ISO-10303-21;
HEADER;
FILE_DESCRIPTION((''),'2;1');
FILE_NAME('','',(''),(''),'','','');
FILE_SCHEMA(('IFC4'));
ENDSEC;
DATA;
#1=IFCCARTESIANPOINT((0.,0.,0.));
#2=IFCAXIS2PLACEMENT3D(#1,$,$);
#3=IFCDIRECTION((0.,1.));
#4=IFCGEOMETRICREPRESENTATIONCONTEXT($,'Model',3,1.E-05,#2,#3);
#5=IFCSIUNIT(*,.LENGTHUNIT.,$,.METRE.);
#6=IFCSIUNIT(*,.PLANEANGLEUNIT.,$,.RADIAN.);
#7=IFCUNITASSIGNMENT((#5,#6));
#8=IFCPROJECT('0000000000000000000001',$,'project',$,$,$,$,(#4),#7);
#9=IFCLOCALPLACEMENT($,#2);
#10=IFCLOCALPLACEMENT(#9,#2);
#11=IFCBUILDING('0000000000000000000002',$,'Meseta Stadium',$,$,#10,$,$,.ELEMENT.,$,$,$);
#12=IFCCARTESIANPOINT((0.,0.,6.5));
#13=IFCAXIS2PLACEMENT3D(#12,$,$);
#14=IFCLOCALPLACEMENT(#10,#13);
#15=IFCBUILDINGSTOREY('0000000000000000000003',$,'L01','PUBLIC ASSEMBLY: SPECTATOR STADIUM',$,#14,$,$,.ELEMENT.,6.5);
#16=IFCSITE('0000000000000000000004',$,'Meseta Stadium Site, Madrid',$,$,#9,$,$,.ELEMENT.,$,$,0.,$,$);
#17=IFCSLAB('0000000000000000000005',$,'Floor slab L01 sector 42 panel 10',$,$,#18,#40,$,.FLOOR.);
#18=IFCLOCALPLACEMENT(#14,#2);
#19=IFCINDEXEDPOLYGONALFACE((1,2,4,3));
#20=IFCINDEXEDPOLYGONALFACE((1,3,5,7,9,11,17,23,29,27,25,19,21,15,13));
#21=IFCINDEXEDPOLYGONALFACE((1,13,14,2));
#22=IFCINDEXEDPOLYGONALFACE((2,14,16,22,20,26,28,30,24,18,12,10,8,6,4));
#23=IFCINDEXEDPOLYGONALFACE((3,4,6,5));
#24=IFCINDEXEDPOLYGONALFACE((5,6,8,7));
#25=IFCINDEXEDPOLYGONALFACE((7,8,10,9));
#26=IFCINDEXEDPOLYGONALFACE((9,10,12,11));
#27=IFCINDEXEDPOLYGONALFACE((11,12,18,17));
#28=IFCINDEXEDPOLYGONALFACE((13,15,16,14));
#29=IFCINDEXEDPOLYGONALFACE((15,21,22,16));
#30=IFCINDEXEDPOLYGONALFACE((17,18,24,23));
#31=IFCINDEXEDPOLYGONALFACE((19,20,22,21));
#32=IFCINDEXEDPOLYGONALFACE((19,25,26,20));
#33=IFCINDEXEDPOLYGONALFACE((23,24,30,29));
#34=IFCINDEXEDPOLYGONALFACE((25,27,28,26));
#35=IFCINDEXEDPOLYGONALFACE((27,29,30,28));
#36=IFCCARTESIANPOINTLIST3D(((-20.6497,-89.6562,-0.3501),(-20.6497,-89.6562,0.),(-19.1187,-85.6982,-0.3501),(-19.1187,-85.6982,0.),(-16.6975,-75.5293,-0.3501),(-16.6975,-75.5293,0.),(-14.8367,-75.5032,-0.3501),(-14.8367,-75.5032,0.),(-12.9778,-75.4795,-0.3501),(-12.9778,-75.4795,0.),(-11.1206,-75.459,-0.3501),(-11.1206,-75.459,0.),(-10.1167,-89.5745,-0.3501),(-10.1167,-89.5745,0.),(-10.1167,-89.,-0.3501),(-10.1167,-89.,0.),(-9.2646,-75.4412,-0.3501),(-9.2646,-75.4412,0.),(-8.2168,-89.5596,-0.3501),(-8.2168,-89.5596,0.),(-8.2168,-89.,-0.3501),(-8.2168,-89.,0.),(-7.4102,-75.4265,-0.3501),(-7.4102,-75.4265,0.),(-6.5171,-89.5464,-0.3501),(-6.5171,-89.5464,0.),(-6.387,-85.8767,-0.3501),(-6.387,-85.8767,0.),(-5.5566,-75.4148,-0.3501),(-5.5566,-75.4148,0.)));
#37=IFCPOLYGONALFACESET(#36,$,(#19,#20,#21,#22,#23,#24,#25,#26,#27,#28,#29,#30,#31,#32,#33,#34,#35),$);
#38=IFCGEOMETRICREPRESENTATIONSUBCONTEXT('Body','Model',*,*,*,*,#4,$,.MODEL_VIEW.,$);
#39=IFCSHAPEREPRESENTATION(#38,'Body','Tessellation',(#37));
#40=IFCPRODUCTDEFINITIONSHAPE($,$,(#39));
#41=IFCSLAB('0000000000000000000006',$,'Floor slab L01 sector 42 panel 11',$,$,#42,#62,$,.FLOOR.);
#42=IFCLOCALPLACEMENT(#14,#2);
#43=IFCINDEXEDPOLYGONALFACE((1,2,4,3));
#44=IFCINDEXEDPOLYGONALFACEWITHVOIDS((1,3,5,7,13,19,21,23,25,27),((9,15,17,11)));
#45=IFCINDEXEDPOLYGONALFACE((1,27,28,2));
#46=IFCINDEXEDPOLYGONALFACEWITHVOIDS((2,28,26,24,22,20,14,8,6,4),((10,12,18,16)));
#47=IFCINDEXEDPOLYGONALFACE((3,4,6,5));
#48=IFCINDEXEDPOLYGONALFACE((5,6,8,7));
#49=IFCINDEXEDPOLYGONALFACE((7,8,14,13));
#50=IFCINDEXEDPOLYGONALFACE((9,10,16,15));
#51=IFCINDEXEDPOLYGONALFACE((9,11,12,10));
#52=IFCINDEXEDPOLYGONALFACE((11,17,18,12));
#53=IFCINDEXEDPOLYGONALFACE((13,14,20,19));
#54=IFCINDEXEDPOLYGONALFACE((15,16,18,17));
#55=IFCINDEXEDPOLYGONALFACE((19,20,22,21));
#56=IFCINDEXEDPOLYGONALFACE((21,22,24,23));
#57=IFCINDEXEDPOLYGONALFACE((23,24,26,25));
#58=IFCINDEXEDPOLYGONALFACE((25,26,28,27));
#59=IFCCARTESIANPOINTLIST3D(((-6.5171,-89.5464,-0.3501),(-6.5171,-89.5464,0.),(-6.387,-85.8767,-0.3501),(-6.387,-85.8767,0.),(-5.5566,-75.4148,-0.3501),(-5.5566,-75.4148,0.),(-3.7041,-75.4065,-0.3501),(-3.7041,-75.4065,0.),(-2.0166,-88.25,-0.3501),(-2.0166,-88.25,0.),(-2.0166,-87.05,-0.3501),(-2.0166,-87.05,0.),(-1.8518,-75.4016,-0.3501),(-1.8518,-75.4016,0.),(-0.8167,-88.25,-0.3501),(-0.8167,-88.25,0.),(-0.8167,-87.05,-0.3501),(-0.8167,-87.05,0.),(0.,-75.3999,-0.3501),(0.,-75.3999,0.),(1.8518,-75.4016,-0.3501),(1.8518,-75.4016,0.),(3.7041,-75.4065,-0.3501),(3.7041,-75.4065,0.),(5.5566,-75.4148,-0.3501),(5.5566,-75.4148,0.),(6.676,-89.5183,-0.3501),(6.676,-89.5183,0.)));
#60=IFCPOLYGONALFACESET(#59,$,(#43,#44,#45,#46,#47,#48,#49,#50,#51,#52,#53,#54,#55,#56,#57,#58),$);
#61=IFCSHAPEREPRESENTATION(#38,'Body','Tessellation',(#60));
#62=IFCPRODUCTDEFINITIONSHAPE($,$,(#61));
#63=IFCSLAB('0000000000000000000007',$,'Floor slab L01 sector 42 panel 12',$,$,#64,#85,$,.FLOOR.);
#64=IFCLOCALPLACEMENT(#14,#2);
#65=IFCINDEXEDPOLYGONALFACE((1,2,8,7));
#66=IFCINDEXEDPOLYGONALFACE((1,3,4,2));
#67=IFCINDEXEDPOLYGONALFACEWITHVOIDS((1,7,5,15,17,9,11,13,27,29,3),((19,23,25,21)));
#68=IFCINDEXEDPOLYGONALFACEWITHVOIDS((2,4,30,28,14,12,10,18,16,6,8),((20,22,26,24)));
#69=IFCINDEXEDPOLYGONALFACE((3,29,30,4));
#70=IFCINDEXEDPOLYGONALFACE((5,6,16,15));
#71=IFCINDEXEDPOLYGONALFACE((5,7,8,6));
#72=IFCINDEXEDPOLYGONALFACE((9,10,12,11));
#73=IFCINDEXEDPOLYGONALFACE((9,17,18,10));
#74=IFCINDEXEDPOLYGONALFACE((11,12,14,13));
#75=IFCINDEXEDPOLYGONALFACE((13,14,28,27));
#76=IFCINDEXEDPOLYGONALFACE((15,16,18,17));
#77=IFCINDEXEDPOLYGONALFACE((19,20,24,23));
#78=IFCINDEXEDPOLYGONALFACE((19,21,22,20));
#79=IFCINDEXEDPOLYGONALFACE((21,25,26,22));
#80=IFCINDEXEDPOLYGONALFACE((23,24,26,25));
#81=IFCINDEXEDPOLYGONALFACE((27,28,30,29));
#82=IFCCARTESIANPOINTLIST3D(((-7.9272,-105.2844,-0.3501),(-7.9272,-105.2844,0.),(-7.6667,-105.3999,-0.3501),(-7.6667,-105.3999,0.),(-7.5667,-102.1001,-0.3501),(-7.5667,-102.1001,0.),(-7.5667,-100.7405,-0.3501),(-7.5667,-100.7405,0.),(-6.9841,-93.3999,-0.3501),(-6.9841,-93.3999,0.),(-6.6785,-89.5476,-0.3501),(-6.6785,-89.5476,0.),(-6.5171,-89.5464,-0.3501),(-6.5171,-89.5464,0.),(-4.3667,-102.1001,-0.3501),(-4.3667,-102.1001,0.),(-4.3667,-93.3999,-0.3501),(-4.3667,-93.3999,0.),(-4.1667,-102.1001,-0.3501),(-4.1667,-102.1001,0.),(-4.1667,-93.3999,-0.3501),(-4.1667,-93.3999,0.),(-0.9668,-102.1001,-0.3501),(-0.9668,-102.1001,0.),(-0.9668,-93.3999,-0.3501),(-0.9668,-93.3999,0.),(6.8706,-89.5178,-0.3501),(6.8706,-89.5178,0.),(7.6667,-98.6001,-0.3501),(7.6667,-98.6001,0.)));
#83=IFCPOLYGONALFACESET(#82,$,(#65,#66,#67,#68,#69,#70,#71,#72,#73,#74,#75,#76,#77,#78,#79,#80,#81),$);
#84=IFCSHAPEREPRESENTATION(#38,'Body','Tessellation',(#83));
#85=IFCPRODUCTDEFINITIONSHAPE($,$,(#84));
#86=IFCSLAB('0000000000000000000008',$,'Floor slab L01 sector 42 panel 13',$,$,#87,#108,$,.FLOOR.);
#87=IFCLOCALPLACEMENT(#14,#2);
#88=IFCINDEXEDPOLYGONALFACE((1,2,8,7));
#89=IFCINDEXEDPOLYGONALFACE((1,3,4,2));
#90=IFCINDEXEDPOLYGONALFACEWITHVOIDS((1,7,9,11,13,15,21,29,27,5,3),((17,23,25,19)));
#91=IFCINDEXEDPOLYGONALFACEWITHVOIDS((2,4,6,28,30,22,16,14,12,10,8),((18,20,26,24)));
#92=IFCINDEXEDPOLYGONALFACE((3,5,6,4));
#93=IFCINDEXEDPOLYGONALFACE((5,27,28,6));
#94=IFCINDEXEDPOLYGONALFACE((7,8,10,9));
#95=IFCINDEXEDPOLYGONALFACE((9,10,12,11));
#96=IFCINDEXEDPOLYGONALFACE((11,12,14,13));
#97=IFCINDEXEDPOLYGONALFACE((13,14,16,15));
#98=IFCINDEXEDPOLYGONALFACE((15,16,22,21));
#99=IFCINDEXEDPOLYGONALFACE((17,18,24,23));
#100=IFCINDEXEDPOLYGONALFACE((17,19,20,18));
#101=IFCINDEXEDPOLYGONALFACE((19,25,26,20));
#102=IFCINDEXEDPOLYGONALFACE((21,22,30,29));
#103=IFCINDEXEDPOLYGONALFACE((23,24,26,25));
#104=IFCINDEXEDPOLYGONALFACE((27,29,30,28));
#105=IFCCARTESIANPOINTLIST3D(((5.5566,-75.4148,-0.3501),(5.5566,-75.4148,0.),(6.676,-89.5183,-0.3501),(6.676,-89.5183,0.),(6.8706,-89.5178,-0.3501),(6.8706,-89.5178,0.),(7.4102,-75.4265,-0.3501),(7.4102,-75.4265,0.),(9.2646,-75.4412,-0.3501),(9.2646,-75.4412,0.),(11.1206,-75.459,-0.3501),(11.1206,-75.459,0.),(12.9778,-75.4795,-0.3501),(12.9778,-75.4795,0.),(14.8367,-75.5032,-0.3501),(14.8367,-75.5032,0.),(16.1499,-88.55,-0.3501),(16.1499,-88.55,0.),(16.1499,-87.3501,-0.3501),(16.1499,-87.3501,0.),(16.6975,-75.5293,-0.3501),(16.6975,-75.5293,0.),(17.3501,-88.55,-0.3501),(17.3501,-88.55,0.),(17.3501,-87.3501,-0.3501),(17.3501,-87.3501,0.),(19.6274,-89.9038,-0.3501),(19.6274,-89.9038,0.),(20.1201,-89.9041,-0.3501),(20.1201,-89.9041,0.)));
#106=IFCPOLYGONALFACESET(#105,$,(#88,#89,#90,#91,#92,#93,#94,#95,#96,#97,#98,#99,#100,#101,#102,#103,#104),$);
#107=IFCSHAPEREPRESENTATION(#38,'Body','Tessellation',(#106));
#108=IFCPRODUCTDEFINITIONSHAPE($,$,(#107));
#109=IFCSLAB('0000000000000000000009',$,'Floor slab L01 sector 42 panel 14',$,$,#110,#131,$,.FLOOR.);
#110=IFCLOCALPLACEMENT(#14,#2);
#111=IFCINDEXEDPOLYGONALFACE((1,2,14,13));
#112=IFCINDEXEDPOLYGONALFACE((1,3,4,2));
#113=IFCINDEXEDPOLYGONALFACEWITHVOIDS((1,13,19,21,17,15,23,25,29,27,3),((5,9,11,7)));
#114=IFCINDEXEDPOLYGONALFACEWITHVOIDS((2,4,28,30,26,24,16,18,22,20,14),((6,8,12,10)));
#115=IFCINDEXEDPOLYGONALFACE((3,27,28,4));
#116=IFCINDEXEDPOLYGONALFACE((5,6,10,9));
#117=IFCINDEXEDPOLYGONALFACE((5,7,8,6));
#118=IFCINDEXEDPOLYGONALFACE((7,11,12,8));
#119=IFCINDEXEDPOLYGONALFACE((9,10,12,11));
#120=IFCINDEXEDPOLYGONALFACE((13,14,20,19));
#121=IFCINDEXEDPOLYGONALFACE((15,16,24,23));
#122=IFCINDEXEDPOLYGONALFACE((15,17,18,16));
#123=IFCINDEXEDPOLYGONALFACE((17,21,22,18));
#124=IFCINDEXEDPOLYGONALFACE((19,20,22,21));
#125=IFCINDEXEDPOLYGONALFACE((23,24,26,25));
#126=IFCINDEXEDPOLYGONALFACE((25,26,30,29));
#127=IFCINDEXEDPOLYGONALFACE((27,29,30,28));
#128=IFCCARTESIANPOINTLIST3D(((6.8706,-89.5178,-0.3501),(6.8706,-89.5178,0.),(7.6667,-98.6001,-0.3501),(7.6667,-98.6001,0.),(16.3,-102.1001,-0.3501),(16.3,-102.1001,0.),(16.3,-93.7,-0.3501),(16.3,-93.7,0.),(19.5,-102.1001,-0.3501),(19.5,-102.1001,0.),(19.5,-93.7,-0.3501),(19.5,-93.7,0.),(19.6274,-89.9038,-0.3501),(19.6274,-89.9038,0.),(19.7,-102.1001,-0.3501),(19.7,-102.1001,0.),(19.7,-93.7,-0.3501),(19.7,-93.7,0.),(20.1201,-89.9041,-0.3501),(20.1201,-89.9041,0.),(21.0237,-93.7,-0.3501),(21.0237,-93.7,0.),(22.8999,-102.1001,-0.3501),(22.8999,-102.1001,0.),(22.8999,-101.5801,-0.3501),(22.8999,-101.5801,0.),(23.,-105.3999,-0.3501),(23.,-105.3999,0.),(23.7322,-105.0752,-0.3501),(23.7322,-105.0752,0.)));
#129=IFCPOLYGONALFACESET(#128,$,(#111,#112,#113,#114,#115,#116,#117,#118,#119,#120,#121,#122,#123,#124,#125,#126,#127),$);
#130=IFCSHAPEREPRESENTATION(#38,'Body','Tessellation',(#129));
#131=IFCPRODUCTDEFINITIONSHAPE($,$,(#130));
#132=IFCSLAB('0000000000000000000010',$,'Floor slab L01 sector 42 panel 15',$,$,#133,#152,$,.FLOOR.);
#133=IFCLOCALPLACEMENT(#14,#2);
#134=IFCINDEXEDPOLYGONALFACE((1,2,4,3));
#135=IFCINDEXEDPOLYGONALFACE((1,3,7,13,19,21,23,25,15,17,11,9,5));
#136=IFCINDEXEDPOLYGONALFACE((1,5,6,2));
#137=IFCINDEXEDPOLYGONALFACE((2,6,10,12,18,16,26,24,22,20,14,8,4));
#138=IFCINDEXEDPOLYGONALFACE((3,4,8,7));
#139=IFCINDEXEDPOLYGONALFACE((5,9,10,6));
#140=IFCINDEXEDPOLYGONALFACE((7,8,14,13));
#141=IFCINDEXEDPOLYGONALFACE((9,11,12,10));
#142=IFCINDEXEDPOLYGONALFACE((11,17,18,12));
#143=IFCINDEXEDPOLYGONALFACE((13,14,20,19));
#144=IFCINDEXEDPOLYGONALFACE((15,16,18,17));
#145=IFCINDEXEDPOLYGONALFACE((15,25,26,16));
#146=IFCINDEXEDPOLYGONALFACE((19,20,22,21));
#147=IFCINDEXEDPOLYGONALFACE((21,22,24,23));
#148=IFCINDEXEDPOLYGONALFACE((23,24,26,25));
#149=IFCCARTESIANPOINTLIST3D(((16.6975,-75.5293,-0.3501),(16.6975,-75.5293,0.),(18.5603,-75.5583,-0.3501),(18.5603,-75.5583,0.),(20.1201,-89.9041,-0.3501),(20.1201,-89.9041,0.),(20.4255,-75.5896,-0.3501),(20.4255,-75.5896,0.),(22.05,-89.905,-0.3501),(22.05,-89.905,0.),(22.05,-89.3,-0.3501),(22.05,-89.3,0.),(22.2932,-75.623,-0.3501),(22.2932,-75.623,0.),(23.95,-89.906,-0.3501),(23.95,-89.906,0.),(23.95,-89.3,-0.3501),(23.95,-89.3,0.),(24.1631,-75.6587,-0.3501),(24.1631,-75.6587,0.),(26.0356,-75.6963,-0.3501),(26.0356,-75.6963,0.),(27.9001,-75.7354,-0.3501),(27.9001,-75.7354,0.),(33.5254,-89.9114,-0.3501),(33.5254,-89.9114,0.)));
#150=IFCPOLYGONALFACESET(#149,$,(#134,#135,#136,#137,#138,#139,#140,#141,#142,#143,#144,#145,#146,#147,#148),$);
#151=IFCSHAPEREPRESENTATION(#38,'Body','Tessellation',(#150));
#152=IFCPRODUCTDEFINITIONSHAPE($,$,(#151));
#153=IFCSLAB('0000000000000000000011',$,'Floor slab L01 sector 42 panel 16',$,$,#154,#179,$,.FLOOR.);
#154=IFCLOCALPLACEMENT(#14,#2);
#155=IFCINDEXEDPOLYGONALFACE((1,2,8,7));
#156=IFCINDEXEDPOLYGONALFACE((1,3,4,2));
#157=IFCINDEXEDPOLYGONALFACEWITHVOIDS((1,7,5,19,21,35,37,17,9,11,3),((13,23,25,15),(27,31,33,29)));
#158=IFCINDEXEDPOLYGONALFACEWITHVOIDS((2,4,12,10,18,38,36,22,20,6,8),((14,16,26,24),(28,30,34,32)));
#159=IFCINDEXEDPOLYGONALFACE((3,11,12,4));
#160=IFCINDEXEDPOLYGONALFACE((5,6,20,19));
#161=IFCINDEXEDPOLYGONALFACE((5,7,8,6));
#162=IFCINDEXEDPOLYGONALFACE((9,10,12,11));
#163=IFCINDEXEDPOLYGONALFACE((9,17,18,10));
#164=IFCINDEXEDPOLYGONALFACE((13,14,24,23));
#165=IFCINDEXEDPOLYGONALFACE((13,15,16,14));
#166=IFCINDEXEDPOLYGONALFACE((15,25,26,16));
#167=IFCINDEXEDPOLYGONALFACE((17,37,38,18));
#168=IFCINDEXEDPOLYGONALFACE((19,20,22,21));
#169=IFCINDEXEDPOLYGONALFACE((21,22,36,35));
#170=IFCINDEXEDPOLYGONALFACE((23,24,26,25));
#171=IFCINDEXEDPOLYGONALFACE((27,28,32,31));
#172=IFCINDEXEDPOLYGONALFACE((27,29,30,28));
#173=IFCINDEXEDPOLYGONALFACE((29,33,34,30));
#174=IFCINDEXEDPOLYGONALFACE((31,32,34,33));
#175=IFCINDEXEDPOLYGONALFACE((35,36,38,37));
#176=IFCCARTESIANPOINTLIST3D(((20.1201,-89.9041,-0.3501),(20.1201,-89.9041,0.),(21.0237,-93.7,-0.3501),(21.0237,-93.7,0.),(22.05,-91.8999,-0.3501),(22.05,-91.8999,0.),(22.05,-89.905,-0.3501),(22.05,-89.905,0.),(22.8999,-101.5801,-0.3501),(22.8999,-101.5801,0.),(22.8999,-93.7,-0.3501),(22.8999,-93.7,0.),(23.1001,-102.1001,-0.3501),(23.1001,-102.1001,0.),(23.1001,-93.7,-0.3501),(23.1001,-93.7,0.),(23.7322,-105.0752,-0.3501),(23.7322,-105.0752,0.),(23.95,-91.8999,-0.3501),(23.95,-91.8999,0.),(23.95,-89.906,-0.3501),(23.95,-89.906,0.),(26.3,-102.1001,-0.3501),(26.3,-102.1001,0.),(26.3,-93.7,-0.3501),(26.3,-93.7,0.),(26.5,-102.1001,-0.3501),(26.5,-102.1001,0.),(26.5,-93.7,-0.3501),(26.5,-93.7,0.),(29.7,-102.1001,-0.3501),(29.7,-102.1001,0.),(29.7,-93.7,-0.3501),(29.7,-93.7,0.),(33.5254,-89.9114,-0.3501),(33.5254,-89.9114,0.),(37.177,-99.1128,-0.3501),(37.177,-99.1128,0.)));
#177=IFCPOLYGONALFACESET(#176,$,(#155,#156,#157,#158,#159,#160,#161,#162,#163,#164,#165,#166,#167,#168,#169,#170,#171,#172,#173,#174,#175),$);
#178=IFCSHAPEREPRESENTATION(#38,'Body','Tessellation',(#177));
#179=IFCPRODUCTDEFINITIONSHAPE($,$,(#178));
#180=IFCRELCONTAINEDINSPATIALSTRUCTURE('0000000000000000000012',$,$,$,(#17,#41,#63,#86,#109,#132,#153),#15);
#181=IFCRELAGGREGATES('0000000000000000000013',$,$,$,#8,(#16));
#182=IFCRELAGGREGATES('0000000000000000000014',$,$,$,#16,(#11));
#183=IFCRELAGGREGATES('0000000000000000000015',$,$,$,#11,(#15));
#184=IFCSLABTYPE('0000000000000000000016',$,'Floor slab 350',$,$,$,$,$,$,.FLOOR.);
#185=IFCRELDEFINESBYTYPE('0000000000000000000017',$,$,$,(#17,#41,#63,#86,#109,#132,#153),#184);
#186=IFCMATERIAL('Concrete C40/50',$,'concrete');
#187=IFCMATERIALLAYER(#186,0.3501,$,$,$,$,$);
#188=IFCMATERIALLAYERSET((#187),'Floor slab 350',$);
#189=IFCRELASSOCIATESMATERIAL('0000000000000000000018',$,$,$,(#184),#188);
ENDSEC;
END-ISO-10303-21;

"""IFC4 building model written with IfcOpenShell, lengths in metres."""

from ifc_helpers import new_model, si_unit, direction, frame, origin, place, context, subcontext, project, spatial, polyline, outline, extrude, material, layer, layer_set, type_object, element, save


model = new_model("IFC4")

# Units and contexts
model_context = context("Model", 3, precision=1e-05, world=origin(), true_north=direction((0.0, 1.0)))
body_context = subcontext(model_context, "Body", "Model", "MODEL_VIEW")
ifc_project = project(units=[si_unit("LENGTHUNIT", "METRE"), si_unit("PLANEANGLEUNIT", "RADIAN")], contexts=[model_context])

# Site, building, storey
site_placement = place(None, origin())
site = spatial("IfcSite", under=ifc_project, at=site_placement, Name="Meseta Stadium Site, Madrid", CompositionType="ELEMENT", RefElevation=0.0)
building_placement = place(site_placement, origin())
building = spatial("IfcBuilding", under=site, at=building_placement, Name="Meseta Stadium", CompositionType="ELEMENT")
storey_placement = place(building_placement, frame((0.0, 0.0, 6.5)))
storey = spatial("IfcBuildingStorey", under=building, at=storey_placement, Name="L01", Description="PUBLIC ASSEMBLY: SPECTATOR STADIUM", CompositionType="ELEMENT", Elevation=6.5)

# Slabs
ifc_material = material(Name="Concrete C40/50", Category="concrete")
ifc_layer = layer(ifc_material, 0.3501)
ifc_layer_set = layer_set([ifc_layer], Name="Floor slab 350")
slab_type = type_object("IfcSlabType", Name="Floor slab 350", PredefinedType="FLOOR", material=ifc_layer_set)
slab_1_placement = place(storey_placement, frame((0.0, 0.0, -0.3501)))
element("IfcSlab", 1, at=slab_1_placement, inside=storey, type_object=slab_type, Name="Floor slab L01 sector 42 panel 10", PredefinedType="FLOOR", context=body_context, shape_type="SweptSolid", body=[
    extrude(outline(polyline([(-19.1187, -85.6982), (-20.6497, -89.6562), (-10.1167, -89.5745), (-10.1167, -89.0), (-8.2168, -89.0), (-8.2168, -89.5596), (-6.5171, -89.5464), (-6.387, -85.8767), (-5.5566, -75.4148), (-7.4102, -75.4265), (-9.2646, -75.4412), (-11.1206, -75.459), (-12.9778, -75.4795), (-14.8367, -75.5032), (-16.6975, -75.5293), (-19.1187, -85.6982)])), origin(), (0.0, 0.0, 1.0), 0.3501),
])
slab_2_placement = place(storey_placement, frame((0.0, 0.0, -0.3501)))
element("IfcSlab", 2, at=slab_2_placement, inside=storey, type_object=slab_type, Name="Floor slab L01 sector 42 panel 11", PredefinedType="FLOOR", context=body_context, shape_type="SweptSolid", body=[
    extrude(outline(polyline([(-3.7041, -75.4065), (-5.5566, -75.4148), (-6.387, -85.8767), (-6.5171, -89.5464), (6.676, -89.5183), (5.5566, -75.4148), (3.7041, -75.4065), (1.8518, -75.4016), (0.0, -75.3999), (-1.8518, -75.4016), (-3.7041, -75.4065)]), holes=[polyline([(-0.8167, -87.05), (-0.8167, -88.25), (-2.0166, -88.25), (-2.0166, -87.05), (-0.8167, -87.05)])]), origin(), (0.0, 0.0, 1.0), 0.3501),
])
slab_3_placement = place(storey_placement, frame((0.0, 0.0, -0.3501)))
element("IfcSlab", 3, at=slab_3_placement, inside=storey, type_object=slab_type, Name="Floor slab L01 sector 42 panel 12", PredefinedType="FLOOR", context=body_context, shape_type="SweptSolid", body=[
    extrude(outline(polyline([(-7.5667, -102.1001), (-7.5667, -100.7405), (-7.9272, -105.2844), (-7.6667, -105.3999), (7.6667, -98.6001), (6.8706, -89.5178), (-6.5171, -89.5464), (-6.6785, -89.5476), (-6.9841, -93.3999), (-4.3667, -93.3999), (-4.3667, -102.1001), (-7.5667, -102.1001)]), holes=[polyline([(-0.9668, -102.1001), (-4.1667, -102.1001), (-4.1667, -93.3999), (-0.9668, -93.3999), (-0.9668, -102.1001)])]), origin(), (0.0, 0.0, 1.0), 0.3501),
])
slab_4_placement = place(storey_placement, frame((0.0, 0.0, -0.3501)))
element("IfcSlab", 4, at=slab_4_placement, inside=storey, type_object=slab_type, Name="Floor slab L01 sector 42 panel 13", PredefinedType="FLOOR", context=body_context, shape_type="SweptSolid", body=[
    extrude(outline(polyline([(19.6274, -89.9038), (20.1201, -89.9041), (16.6975, -75.5293), (14.8367, -75.5032), (12.9778, -75.4795), (11.1206, -75.459), (9.2646, -75.4412), (7.4102, -75.4265), (5.5566, -75.4148), (6.676, -89.5183), (6.8706, -89.5178), (19.6274, -89.9038)]), holes=[polyline([(17.3501, -88.55), (16.1499, -88.55), (16.1499, -87.3501), (17.3501, -87.3501), (17.3501, -88.55)])]), origin(), (0.0, 0.0, 1.0), 0.3501),
])
slab_5_placement = place(storey_placement, frame((0.0, 0.0, -0.3501)))
element("IfcSlab", 5, at=slab_5_placement, inside=storey, type_object=slab_type, Name="Floor slab L01 sector 42 panel 14", PredefinedType="FLOOR", context=body_context, shape_type="SweptSolid", body=[
    extrude(outline(polyline([(19.6274, -89.9038), (6.8706, -89.5178), (7.6667, -98.6001), (23.0, -105.3999), (23.7322, -105.0752), (22.8999, -101.5801), (22.8999, -102.1001), (19.7, -102.1001), (19.7, -93.7), (21.0237, -93.7), (20.1201, -89.9041), (19.6274, -89.9038)]), holes=[polyline([(16.3, -93.7), (19.5, -93.7), (19.5, -102.1001), (16.3, -102.1001), (16.3, -93.7)])]), origin(), (0.0, 0.0, 1.0), 0.3501),
])
slab_6_placement = place(storey_placement, frame((0.0, 0.0, -0.3501)))
element("IfcSlab", 6, at=slab_6_placement, inside=storey, type_object=slab_type, Name="Floor slab L01 sector 42 panel 15", PredefinedType="FLOOR", context=body_context, shape_type="SweptSolid", body=[
    extrude(outline(polyline([(33.5254, -89.9114), (27.9001, -75.7354), (26.0356, -75.6963), (24.1631, -75.6587), (22.2932, -75.623), (20.4255, -75.5896), (18.5603, -75.5583), (16.6975, -75.5293), (20.1201, -89.9041), (22.05, -89.905), (22.05, -89.3), (23.95, -89.3), (23.95, -89.906), (33.5254, -89.9114)])), origin(), (0.0, 0.0, 1.0), 0.3501),
])
slab_7_placement = place(storey_placement, frame((0.0, 0.0, -0.3501)))
element("IfcSlab", 7, at=slab_7_placement, inside=storey, type_object=slab_type, Name="Floor slab L01 sector 42 panel 16", PredefinedType="FLOOR", context=body_context, shape_type="SweptSolid", body=[
    extrude(outline(polyline([(23.7322, -105.0752), (37.177, -99.1128), (33.5254, -89.9114), (23.95, -89.906), (23.95, -91.8999), (22.05, -91.8999), (22.05, -89.905), (20.1201, -89.9041), (21.0237, -93.7), (22.8999, -93.7), (22.8999, -101.5801), (23.7322, -105.0752)]), holes=[polyline([(23.1001, -93.7), (26.3, -93.7), (26.3, -102.1001), (23.1001, -102.1001), (23.1001, -93.7)]), polyline([(26.5, -93.7), (29.7, -93.7), (29.7, -102.1001), (26.5, -102.1001), (26.5, -93.7)])]), origin(), (0.0, 0.0, 1.0), 0.3501),
])

save(model, "model.ifc")
